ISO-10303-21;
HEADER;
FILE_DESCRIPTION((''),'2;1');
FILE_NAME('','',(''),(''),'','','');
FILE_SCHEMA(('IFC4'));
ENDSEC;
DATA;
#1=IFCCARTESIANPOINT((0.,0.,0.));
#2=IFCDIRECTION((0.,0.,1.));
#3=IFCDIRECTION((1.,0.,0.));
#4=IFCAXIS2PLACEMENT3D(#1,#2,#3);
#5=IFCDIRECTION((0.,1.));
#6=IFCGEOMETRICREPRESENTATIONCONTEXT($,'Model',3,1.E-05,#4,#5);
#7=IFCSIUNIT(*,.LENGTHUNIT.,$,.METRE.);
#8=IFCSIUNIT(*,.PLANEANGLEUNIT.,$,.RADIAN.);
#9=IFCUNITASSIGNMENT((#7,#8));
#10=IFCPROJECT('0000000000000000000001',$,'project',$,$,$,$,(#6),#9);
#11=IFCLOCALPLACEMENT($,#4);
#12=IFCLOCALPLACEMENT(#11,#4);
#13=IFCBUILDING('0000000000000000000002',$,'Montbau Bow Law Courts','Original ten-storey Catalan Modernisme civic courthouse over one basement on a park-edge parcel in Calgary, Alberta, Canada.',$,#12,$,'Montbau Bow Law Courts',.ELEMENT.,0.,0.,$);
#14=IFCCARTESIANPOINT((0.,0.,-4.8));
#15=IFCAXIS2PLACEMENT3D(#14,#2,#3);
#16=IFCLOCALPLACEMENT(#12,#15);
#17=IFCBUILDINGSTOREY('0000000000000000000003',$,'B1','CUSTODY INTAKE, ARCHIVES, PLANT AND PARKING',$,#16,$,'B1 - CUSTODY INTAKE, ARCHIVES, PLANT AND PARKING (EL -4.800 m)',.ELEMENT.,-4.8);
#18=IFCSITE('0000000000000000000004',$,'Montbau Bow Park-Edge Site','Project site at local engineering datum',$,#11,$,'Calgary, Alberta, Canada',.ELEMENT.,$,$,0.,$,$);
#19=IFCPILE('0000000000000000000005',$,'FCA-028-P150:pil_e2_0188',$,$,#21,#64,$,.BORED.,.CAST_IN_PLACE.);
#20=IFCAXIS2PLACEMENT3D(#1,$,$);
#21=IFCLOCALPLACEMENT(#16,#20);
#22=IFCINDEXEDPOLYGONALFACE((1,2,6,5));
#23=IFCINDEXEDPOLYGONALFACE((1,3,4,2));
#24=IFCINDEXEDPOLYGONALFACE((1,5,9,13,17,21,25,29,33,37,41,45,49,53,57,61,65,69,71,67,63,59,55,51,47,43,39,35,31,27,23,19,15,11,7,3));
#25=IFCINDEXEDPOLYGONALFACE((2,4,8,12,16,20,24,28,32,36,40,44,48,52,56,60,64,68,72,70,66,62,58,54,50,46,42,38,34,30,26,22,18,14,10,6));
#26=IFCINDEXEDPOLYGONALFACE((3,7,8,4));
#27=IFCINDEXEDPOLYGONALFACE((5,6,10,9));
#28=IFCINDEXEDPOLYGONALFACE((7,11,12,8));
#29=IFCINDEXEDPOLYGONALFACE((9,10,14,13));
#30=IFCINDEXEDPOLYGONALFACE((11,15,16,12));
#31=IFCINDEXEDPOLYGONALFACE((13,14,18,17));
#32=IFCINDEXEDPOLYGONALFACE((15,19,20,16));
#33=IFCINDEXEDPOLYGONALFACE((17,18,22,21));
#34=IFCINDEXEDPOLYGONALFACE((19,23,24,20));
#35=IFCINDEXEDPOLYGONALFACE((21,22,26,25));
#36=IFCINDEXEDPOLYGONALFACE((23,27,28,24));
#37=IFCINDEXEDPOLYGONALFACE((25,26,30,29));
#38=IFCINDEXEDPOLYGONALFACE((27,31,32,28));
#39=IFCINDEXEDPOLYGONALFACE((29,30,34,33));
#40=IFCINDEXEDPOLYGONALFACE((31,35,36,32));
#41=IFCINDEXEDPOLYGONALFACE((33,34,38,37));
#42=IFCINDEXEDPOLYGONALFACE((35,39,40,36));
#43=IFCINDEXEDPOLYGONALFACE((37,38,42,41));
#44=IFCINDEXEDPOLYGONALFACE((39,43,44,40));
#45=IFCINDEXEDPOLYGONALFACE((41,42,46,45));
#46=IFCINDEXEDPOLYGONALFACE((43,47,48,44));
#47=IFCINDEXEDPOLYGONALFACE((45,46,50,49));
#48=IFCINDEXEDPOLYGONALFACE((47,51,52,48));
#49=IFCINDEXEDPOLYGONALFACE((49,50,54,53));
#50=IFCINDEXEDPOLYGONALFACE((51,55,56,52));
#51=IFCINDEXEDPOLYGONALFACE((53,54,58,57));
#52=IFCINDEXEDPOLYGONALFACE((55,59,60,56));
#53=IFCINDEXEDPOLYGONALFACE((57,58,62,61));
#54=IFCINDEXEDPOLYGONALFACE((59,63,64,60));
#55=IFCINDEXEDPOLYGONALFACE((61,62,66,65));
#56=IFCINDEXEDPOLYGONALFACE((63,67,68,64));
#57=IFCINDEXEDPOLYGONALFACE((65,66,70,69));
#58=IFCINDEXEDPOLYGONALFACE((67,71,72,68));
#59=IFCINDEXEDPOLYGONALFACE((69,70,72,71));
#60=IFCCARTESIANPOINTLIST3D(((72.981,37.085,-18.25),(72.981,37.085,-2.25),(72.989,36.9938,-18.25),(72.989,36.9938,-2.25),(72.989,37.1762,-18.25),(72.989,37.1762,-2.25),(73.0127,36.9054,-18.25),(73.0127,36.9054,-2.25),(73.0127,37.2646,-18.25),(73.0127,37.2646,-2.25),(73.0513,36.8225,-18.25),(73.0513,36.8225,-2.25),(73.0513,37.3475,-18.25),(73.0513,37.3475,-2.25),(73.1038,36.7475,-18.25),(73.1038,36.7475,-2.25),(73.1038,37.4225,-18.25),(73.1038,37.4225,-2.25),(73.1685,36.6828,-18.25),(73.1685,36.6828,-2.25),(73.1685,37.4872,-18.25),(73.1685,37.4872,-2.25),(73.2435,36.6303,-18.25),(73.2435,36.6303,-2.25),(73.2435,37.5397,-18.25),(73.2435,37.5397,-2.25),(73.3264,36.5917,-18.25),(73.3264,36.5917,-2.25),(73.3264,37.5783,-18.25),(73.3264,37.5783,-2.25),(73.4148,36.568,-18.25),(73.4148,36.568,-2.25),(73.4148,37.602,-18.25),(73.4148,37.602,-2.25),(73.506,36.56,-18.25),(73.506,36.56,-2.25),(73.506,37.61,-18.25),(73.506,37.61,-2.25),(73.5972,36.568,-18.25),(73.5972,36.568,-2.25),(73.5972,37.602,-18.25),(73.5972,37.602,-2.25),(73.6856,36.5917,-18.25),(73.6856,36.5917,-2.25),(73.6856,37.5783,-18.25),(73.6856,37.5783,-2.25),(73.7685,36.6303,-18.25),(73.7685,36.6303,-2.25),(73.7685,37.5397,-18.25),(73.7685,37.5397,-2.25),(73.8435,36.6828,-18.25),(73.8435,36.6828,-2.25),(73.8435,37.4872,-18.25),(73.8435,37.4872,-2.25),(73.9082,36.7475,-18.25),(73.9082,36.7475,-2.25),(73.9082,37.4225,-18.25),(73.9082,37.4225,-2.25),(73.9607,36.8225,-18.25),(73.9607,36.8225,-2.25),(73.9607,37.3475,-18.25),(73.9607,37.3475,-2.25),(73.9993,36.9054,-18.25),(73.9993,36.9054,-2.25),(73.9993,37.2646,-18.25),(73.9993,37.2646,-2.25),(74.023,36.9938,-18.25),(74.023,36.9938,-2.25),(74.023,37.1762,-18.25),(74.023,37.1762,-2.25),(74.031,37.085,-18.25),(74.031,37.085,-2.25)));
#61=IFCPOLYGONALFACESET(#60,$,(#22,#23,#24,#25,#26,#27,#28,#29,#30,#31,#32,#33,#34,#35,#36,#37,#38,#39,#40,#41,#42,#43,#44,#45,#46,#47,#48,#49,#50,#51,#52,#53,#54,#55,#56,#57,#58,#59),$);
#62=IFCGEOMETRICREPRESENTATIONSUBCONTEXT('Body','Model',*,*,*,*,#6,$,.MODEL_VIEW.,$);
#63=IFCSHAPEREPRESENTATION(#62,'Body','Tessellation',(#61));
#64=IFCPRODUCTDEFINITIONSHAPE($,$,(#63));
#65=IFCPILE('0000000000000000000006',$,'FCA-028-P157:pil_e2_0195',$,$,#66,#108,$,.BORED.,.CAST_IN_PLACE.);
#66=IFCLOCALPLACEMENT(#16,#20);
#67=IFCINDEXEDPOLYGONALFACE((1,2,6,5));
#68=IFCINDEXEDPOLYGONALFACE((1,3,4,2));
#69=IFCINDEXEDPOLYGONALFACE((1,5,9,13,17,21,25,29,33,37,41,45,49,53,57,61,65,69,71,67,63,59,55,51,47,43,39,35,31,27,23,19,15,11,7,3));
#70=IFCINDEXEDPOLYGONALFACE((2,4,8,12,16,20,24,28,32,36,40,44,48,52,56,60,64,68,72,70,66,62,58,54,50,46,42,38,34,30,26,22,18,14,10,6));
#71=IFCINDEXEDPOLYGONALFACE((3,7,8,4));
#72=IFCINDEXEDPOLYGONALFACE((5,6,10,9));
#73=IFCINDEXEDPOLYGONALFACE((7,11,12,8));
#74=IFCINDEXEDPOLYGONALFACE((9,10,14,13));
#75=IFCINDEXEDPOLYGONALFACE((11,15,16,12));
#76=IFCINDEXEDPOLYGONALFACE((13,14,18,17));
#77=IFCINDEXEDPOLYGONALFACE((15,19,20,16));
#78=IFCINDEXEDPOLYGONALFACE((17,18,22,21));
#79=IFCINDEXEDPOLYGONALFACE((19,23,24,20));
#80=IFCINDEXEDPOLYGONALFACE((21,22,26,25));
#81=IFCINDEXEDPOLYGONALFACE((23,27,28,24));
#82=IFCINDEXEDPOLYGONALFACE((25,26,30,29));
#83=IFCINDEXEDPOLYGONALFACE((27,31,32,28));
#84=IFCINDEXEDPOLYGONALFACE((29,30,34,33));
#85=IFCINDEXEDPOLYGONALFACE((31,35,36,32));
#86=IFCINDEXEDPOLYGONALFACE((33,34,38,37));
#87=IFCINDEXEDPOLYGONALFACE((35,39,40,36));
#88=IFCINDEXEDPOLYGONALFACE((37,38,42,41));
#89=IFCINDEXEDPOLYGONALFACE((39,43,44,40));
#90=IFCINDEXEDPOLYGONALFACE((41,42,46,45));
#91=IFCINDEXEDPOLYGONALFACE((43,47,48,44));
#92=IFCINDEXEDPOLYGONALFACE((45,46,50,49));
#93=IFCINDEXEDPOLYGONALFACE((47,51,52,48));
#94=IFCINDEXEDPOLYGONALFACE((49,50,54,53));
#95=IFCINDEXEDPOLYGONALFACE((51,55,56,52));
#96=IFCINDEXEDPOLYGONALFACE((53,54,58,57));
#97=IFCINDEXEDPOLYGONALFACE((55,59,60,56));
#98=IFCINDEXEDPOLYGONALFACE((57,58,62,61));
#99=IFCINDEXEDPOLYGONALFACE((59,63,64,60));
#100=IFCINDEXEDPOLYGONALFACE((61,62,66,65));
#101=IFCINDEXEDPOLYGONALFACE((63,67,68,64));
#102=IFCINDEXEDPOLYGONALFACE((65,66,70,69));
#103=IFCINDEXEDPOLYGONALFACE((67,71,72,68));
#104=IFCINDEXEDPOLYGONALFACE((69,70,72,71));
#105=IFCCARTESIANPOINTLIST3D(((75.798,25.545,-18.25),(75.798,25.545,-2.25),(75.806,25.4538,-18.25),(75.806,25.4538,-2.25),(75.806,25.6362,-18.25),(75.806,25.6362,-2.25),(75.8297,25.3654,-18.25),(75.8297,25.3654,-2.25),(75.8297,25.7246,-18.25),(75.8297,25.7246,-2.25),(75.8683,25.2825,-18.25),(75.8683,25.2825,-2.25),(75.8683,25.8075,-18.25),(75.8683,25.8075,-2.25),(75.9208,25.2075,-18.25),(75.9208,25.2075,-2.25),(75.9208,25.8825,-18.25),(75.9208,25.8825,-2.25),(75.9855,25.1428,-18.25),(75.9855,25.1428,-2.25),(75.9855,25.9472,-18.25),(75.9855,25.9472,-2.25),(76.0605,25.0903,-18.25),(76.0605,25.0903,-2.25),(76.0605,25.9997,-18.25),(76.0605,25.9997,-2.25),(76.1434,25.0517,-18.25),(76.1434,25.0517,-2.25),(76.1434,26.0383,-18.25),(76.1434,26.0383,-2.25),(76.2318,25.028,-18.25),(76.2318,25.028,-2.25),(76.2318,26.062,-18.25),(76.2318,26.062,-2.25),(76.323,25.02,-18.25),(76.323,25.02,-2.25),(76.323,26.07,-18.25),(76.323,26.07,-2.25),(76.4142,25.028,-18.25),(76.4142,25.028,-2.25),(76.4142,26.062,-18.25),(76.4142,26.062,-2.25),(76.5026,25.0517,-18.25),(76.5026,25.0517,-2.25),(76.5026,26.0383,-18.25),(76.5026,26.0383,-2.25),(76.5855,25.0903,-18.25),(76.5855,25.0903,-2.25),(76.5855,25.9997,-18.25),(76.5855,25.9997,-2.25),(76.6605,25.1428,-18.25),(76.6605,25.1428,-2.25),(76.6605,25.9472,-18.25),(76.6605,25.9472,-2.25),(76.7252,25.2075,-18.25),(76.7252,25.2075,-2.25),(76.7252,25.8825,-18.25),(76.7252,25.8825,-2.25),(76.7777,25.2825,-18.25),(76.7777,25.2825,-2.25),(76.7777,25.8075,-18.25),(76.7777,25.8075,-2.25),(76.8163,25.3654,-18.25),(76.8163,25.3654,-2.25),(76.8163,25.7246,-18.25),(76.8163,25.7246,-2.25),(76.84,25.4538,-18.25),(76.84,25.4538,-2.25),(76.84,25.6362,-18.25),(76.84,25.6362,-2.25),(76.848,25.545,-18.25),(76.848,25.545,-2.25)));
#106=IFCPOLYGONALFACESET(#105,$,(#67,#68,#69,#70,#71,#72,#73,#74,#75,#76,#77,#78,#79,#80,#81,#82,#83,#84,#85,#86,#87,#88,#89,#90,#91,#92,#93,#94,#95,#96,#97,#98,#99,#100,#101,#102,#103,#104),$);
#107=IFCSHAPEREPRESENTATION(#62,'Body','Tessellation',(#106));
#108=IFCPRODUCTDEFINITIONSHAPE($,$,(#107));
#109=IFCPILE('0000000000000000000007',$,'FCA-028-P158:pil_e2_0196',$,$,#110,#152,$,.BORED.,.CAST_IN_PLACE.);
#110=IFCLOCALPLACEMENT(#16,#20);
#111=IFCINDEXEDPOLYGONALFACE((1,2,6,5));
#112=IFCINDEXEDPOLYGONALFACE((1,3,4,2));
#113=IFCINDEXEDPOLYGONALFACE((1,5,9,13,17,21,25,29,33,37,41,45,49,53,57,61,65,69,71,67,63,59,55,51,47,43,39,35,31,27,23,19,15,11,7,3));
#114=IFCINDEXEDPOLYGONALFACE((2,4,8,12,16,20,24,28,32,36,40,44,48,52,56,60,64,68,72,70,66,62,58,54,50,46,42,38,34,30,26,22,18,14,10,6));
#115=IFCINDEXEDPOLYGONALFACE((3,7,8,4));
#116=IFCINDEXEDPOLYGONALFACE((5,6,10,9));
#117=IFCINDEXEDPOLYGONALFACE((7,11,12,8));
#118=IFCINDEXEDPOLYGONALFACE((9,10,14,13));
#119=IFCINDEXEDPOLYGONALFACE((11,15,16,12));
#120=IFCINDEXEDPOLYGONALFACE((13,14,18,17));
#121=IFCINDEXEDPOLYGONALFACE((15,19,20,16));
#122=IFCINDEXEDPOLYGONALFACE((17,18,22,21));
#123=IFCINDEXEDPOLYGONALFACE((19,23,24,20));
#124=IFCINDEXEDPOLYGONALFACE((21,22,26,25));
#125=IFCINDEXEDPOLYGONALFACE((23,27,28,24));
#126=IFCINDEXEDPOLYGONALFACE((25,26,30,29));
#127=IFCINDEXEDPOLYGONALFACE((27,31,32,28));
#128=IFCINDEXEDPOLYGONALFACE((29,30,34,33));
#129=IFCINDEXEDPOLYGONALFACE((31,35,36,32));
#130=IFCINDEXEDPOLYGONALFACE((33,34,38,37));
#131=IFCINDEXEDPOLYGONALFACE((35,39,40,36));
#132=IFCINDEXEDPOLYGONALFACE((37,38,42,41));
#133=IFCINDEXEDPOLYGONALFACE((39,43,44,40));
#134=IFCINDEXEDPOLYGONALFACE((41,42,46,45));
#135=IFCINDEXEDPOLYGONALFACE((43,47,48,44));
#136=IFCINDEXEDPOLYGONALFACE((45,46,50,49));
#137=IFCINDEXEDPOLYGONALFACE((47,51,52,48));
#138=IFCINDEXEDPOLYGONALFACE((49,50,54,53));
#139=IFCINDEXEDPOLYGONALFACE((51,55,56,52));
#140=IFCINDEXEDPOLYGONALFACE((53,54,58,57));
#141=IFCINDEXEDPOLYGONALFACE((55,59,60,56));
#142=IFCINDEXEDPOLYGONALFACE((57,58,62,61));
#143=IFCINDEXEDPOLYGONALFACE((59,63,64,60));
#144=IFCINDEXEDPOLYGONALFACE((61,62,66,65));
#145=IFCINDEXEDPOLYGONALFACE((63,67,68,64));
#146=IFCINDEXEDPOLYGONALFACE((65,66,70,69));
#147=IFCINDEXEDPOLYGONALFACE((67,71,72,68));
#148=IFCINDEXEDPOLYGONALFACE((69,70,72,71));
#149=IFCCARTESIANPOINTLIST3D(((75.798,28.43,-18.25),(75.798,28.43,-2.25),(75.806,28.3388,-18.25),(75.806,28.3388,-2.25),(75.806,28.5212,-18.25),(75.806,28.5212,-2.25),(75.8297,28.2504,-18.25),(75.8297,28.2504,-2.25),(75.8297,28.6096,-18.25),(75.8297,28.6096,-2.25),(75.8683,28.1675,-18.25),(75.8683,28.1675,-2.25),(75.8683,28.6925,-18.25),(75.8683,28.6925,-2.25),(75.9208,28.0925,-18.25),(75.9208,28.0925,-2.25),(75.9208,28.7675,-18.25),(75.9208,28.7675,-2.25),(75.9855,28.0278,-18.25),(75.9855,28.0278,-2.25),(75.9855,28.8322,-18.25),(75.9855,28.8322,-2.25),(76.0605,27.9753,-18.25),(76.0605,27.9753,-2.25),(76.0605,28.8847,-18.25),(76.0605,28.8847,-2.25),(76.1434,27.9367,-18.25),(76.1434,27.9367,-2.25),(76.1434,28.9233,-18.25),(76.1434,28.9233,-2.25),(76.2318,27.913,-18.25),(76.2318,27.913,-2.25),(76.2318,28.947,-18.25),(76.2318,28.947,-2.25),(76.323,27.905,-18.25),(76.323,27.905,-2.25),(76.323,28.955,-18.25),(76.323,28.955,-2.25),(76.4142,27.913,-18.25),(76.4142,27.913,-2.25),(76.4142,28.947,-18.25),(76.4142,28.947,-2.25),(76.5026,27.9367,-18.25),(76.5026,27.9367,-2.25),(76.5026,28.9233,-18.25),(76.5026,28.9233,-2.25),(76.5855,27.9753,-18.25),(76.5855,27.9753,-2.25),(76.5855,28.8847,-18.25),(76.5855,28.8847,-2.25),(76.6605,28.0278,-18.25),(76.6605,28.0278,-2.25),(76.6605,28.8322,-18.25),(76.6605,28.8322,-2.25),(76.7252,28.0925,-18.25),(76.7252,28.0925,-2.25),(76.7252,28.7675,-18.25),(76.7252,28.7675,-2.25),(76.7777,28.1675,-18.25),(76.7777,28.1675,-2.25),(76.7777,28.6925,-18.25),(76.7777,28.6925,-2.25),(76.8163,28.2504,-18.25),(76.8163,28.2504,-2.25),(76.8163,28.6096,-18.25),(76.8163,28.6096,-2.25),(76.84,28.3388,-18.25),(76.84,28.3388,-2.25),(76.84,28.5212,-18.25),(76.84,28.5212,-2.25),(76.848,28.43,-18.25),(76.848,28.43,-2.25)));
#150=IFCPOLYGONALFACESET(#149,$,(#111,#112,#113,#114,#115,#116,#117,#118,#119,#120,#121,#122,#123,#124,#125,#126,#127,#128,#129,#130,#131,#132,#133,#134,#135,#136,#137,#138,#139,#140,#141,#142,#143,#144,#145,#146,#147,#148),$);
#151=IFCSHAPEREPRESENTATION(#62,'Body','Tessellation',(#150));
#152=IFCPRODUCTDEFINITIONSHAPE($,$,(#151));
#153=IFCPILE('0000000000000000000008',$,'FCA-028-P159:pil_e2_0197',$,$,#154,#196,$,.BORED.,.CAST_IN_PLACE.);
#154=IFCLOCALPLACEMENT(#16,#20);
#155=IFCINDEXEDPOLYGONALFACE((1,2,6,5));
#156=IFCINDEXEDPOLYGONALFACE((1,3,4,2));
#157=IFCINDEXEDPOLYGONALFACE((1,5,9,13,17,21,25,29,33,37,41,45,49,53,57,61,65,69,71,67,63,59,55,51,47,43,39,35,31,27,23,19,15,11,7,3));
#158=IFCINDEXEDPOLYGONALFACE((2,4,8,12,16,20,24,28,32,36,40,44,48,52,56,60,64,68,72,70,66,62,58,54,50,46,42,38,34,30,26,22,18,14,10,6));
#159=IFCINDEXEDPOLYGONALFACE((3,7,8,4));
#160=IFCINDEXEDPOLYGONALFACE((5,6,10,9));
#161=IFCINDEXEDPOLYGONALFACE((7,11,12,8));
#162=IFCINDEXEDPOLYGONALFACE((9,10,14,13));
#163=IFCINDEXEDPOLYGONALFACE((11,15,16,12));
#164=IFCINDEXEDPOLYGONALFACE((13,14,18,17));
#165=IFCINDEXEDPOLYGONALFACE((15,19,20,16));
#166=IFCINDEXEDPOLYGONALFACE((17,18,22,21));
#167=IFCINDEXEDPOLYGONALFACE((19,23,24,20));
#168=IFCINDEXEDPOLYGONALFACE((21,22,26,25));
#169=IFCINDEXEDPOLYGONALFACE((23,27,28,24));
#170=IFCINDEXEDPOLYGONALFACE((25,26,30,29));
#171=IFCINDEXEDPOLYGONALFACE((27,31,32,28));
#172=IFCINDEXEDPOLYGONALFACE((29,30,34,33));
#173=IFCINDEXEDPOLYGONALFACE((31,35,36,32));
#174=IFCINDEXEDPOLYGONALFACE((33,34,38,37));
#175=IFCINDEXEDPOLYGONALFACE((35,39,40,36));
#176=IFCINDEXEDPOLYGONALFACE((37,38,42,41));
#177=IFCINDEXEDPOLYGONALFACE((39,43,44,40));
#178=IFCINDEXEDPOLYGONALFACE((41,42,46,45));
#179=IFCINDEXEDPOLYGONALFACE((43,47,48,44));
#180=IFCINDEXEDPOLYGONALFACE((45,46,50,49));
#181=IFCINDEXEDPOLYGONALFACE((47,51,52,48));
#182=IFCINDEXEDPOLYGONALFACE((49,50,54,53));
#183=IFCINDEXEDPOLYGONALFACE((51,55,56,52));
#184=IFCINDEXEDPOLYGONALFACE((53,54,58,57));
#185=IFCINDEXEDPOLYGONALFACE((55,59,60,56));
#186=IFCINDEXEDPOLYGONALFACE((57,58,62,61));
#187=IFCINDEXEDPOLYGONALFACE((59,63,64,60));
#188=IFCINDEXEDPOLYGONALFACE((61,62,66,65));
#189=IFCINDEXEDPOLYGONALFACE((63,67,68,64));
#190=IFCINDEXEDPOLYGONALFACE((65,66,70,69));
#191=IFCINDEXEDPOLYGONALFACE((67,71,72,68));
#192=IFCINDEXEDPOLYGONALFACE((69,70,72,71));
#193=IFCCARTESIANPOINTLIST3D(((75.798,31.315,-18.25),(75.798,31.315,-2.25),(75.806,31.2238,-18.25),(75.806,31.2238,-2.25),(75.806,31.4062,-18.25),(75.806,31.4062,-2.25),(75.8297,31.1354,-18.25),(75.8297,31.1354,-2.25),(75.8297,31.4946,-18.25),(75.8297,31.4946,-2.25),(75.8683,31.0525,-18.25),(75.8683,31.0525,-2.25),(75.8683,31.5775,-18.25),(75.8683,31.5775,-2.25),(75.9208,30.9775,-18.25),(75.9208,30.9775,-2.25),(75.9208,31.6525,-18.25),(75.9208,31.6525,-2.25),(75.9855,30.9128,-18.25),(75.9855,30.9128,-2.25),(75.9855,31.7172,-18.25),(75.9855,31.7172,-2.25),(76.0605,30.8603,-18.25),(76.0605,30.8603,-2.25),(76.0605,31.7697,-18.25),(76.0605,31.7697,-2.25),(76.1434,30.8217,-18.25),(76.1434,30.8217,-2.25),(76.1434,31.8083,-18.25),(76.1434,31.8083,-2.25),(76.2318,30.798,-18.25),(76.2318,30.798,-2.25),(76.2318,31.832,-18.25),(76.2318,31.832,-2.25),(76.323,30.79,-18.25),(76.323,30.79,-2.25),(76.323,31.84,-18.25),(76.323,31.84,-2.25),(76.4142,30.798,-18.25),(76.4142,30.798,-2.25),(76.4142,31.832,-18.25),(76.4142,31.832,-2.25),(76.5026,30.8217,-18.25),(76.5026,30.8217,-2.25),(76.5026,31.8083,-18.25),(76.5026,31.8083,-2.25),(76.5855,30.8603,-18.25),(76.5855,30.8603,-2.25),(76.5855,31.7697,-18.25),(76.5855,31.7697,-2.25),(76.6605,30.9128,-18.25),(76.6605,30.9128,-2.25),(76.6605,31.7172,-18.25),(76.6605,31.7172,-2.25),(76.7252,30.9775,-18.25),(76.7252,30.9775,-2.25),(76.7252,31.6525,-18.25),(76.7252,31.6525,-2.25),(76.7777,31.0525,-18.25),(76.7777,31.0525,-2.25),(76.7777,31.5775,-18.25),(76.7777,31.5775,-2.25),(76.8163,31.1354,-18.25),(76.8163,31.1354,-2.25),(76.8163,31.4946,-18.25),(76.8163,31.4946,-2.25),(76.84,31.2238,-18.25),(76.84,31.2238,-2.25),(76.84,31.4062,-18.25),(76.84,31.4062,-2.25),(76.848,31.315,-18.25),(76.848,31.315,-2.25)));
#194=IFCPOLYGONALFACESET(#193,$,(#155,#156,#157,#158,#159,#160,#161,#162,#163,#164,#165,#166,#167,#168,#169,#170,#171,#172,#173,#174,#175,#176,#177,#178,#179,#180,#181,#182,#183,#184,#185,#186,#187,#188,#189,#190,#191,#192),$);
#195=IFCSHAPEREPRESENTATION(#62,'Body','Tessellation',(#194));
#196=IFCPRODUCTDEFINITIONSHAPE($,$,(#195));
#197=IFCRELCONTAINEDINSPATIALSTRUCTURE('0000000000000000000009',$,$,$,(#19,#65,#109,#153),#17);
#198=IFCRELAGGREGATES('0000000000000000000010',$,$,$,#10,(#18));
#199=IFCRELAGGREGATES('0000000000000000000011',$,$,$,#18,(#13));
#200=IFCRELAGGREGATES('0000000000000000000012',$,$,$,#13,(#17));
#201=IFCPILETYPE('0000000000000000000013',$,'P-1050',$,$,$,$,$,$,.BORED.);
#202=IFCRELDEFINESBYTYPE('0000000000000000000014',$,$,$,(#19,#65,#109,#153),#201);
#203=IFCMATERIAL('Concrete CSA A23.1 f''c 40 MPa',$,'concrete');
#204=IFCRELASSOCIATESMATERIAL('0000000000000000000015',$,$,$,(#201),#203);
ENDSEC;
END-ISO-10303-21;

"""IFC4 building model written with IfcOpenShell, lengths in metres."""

from ifc_helpers import new_model, si_unit, direction, frame, origin_with_axes, origin_2d_with_axis, place, context, subcontext, project, spatial, circle, extrude, material, material_profile, profile_set, type_object, element, save


model = new_model("IFC4")

# Units and contexts
model_context = context("Model", 3, precision=1e-05, world=origin_with_axes(), true_north=direction((0.0, 1.0)))
body_context = subcontext(model_context, "Body", "Model", "MODEL_VIEW")
ifc_project = project(units=[si_unit("LENGTHUNIT", "METRE"), si_unit("PLANEANGLEUNIT", "RADIAN")], contexts=[model_context])

# Site, building, storey
site_placement = place(None, origin_with_axes())
site = spatial("IfcSite", under=ifc_project, at=site_placement, Name="Montbau Bow Park-Edge Site", Description="Project site at local engineering datum", LongName="Calgary, Alberta, Canada", CompositionType="ELEMENT", RefElevation=0.0)
building_placement = place(site_placement, origin_with_axes())
building = spatial("IfcBuilding", under=site, at=building_placement, Name="Montbau Bow Law Courts", Description="Original ten-storey Catalan Modernisme civic courthouse over one basement on a park-edge parcel in Calgary, Alberta, Canada.", LongName="Montbau Bow Law Courts", CompositionType="ELEMENT", ElevationOfRefHeight=0.0, ElevationOfTerrain=0.0)
storey_placement = place(building_placement, frame((0.0, 0.0, -4.8), z_axis=(0.0, 0.0, 1.0), x_axis=(1.0, 0.0, 0.0)))
storey = spatial("IfcBuildingStorey", under=building, at=storey_placement, Name="B1", Description="CUSTODY INTAKE, ARCHIVES, PLANT AND PARKING", LongName="B1 - CUSTODY INTAKE, ARCHIVES, PLANT AND PARKING (EL -4.800 m)", CompositionType="ELEMENT", Elevation=-4.8)

# Piles
ifc_material_1 = material(Name="Concrete CSA A23.1 f'c 40 MPa", Category="concrete")
ifc_material_profile_1 = material_profile(ifc_material_1, circle(Radius=0.525, at=origin_2d_with_axis()), Name="BP1050", Category="Main", Priority=0)
ifc_profile_set_1 = profile_set([ifc_material_profile_1], Name="Concrete CSA A23.1 f'c 40 MPa")
pile_type = type_object("IfcPileType", Name="P-1050", PredefinedType="BORED", material=ifc_profile_set_1)
for number, where, z_axis, x_axis, name in (
    (1, (73.506, 37.085, -23.05), (0.0, 0.0, 1.0), (1.0, 0.0, 0.0), "FCA-028-P150:pil_e2_0188"),
    (2, (76.323, 25.545, -23.05), (0.0, 0.0, 1.0), (1.0, 0.0, 0.0), "FCA-028-P157:pil_e2_0195"),
    (3, (76.323, 28.43, -23.05), (0.0, 0.0, 1.0), (1.0, 0.0, 0.0), "FCA-028-P158:pil_e2_0196"),
    (4, (76.323, 31.315, -23.05), (0.0, 0.0, 1.0), (1.0, 0.0, 0.0), "FCA-028-P159:pil_e2_0197"),
):
    element("IfcPile", number, at=place(None, frame(where, z_axis=z_axis, x_axis=x_axis)), inside=storey, type_object=pile_type, Name=name, ConstructionType="CAST_IN_PLACE", PredefinedType="BORED", context=body_context, shape_type="SweptSolid", body=[
        extrude(circle(Radius=0.525, at=origin_2d_with_axis()), origin_with_axes(), (0.0, 0.0, 1.0), 16.0),
    ])

save(model, "model.ifc")
